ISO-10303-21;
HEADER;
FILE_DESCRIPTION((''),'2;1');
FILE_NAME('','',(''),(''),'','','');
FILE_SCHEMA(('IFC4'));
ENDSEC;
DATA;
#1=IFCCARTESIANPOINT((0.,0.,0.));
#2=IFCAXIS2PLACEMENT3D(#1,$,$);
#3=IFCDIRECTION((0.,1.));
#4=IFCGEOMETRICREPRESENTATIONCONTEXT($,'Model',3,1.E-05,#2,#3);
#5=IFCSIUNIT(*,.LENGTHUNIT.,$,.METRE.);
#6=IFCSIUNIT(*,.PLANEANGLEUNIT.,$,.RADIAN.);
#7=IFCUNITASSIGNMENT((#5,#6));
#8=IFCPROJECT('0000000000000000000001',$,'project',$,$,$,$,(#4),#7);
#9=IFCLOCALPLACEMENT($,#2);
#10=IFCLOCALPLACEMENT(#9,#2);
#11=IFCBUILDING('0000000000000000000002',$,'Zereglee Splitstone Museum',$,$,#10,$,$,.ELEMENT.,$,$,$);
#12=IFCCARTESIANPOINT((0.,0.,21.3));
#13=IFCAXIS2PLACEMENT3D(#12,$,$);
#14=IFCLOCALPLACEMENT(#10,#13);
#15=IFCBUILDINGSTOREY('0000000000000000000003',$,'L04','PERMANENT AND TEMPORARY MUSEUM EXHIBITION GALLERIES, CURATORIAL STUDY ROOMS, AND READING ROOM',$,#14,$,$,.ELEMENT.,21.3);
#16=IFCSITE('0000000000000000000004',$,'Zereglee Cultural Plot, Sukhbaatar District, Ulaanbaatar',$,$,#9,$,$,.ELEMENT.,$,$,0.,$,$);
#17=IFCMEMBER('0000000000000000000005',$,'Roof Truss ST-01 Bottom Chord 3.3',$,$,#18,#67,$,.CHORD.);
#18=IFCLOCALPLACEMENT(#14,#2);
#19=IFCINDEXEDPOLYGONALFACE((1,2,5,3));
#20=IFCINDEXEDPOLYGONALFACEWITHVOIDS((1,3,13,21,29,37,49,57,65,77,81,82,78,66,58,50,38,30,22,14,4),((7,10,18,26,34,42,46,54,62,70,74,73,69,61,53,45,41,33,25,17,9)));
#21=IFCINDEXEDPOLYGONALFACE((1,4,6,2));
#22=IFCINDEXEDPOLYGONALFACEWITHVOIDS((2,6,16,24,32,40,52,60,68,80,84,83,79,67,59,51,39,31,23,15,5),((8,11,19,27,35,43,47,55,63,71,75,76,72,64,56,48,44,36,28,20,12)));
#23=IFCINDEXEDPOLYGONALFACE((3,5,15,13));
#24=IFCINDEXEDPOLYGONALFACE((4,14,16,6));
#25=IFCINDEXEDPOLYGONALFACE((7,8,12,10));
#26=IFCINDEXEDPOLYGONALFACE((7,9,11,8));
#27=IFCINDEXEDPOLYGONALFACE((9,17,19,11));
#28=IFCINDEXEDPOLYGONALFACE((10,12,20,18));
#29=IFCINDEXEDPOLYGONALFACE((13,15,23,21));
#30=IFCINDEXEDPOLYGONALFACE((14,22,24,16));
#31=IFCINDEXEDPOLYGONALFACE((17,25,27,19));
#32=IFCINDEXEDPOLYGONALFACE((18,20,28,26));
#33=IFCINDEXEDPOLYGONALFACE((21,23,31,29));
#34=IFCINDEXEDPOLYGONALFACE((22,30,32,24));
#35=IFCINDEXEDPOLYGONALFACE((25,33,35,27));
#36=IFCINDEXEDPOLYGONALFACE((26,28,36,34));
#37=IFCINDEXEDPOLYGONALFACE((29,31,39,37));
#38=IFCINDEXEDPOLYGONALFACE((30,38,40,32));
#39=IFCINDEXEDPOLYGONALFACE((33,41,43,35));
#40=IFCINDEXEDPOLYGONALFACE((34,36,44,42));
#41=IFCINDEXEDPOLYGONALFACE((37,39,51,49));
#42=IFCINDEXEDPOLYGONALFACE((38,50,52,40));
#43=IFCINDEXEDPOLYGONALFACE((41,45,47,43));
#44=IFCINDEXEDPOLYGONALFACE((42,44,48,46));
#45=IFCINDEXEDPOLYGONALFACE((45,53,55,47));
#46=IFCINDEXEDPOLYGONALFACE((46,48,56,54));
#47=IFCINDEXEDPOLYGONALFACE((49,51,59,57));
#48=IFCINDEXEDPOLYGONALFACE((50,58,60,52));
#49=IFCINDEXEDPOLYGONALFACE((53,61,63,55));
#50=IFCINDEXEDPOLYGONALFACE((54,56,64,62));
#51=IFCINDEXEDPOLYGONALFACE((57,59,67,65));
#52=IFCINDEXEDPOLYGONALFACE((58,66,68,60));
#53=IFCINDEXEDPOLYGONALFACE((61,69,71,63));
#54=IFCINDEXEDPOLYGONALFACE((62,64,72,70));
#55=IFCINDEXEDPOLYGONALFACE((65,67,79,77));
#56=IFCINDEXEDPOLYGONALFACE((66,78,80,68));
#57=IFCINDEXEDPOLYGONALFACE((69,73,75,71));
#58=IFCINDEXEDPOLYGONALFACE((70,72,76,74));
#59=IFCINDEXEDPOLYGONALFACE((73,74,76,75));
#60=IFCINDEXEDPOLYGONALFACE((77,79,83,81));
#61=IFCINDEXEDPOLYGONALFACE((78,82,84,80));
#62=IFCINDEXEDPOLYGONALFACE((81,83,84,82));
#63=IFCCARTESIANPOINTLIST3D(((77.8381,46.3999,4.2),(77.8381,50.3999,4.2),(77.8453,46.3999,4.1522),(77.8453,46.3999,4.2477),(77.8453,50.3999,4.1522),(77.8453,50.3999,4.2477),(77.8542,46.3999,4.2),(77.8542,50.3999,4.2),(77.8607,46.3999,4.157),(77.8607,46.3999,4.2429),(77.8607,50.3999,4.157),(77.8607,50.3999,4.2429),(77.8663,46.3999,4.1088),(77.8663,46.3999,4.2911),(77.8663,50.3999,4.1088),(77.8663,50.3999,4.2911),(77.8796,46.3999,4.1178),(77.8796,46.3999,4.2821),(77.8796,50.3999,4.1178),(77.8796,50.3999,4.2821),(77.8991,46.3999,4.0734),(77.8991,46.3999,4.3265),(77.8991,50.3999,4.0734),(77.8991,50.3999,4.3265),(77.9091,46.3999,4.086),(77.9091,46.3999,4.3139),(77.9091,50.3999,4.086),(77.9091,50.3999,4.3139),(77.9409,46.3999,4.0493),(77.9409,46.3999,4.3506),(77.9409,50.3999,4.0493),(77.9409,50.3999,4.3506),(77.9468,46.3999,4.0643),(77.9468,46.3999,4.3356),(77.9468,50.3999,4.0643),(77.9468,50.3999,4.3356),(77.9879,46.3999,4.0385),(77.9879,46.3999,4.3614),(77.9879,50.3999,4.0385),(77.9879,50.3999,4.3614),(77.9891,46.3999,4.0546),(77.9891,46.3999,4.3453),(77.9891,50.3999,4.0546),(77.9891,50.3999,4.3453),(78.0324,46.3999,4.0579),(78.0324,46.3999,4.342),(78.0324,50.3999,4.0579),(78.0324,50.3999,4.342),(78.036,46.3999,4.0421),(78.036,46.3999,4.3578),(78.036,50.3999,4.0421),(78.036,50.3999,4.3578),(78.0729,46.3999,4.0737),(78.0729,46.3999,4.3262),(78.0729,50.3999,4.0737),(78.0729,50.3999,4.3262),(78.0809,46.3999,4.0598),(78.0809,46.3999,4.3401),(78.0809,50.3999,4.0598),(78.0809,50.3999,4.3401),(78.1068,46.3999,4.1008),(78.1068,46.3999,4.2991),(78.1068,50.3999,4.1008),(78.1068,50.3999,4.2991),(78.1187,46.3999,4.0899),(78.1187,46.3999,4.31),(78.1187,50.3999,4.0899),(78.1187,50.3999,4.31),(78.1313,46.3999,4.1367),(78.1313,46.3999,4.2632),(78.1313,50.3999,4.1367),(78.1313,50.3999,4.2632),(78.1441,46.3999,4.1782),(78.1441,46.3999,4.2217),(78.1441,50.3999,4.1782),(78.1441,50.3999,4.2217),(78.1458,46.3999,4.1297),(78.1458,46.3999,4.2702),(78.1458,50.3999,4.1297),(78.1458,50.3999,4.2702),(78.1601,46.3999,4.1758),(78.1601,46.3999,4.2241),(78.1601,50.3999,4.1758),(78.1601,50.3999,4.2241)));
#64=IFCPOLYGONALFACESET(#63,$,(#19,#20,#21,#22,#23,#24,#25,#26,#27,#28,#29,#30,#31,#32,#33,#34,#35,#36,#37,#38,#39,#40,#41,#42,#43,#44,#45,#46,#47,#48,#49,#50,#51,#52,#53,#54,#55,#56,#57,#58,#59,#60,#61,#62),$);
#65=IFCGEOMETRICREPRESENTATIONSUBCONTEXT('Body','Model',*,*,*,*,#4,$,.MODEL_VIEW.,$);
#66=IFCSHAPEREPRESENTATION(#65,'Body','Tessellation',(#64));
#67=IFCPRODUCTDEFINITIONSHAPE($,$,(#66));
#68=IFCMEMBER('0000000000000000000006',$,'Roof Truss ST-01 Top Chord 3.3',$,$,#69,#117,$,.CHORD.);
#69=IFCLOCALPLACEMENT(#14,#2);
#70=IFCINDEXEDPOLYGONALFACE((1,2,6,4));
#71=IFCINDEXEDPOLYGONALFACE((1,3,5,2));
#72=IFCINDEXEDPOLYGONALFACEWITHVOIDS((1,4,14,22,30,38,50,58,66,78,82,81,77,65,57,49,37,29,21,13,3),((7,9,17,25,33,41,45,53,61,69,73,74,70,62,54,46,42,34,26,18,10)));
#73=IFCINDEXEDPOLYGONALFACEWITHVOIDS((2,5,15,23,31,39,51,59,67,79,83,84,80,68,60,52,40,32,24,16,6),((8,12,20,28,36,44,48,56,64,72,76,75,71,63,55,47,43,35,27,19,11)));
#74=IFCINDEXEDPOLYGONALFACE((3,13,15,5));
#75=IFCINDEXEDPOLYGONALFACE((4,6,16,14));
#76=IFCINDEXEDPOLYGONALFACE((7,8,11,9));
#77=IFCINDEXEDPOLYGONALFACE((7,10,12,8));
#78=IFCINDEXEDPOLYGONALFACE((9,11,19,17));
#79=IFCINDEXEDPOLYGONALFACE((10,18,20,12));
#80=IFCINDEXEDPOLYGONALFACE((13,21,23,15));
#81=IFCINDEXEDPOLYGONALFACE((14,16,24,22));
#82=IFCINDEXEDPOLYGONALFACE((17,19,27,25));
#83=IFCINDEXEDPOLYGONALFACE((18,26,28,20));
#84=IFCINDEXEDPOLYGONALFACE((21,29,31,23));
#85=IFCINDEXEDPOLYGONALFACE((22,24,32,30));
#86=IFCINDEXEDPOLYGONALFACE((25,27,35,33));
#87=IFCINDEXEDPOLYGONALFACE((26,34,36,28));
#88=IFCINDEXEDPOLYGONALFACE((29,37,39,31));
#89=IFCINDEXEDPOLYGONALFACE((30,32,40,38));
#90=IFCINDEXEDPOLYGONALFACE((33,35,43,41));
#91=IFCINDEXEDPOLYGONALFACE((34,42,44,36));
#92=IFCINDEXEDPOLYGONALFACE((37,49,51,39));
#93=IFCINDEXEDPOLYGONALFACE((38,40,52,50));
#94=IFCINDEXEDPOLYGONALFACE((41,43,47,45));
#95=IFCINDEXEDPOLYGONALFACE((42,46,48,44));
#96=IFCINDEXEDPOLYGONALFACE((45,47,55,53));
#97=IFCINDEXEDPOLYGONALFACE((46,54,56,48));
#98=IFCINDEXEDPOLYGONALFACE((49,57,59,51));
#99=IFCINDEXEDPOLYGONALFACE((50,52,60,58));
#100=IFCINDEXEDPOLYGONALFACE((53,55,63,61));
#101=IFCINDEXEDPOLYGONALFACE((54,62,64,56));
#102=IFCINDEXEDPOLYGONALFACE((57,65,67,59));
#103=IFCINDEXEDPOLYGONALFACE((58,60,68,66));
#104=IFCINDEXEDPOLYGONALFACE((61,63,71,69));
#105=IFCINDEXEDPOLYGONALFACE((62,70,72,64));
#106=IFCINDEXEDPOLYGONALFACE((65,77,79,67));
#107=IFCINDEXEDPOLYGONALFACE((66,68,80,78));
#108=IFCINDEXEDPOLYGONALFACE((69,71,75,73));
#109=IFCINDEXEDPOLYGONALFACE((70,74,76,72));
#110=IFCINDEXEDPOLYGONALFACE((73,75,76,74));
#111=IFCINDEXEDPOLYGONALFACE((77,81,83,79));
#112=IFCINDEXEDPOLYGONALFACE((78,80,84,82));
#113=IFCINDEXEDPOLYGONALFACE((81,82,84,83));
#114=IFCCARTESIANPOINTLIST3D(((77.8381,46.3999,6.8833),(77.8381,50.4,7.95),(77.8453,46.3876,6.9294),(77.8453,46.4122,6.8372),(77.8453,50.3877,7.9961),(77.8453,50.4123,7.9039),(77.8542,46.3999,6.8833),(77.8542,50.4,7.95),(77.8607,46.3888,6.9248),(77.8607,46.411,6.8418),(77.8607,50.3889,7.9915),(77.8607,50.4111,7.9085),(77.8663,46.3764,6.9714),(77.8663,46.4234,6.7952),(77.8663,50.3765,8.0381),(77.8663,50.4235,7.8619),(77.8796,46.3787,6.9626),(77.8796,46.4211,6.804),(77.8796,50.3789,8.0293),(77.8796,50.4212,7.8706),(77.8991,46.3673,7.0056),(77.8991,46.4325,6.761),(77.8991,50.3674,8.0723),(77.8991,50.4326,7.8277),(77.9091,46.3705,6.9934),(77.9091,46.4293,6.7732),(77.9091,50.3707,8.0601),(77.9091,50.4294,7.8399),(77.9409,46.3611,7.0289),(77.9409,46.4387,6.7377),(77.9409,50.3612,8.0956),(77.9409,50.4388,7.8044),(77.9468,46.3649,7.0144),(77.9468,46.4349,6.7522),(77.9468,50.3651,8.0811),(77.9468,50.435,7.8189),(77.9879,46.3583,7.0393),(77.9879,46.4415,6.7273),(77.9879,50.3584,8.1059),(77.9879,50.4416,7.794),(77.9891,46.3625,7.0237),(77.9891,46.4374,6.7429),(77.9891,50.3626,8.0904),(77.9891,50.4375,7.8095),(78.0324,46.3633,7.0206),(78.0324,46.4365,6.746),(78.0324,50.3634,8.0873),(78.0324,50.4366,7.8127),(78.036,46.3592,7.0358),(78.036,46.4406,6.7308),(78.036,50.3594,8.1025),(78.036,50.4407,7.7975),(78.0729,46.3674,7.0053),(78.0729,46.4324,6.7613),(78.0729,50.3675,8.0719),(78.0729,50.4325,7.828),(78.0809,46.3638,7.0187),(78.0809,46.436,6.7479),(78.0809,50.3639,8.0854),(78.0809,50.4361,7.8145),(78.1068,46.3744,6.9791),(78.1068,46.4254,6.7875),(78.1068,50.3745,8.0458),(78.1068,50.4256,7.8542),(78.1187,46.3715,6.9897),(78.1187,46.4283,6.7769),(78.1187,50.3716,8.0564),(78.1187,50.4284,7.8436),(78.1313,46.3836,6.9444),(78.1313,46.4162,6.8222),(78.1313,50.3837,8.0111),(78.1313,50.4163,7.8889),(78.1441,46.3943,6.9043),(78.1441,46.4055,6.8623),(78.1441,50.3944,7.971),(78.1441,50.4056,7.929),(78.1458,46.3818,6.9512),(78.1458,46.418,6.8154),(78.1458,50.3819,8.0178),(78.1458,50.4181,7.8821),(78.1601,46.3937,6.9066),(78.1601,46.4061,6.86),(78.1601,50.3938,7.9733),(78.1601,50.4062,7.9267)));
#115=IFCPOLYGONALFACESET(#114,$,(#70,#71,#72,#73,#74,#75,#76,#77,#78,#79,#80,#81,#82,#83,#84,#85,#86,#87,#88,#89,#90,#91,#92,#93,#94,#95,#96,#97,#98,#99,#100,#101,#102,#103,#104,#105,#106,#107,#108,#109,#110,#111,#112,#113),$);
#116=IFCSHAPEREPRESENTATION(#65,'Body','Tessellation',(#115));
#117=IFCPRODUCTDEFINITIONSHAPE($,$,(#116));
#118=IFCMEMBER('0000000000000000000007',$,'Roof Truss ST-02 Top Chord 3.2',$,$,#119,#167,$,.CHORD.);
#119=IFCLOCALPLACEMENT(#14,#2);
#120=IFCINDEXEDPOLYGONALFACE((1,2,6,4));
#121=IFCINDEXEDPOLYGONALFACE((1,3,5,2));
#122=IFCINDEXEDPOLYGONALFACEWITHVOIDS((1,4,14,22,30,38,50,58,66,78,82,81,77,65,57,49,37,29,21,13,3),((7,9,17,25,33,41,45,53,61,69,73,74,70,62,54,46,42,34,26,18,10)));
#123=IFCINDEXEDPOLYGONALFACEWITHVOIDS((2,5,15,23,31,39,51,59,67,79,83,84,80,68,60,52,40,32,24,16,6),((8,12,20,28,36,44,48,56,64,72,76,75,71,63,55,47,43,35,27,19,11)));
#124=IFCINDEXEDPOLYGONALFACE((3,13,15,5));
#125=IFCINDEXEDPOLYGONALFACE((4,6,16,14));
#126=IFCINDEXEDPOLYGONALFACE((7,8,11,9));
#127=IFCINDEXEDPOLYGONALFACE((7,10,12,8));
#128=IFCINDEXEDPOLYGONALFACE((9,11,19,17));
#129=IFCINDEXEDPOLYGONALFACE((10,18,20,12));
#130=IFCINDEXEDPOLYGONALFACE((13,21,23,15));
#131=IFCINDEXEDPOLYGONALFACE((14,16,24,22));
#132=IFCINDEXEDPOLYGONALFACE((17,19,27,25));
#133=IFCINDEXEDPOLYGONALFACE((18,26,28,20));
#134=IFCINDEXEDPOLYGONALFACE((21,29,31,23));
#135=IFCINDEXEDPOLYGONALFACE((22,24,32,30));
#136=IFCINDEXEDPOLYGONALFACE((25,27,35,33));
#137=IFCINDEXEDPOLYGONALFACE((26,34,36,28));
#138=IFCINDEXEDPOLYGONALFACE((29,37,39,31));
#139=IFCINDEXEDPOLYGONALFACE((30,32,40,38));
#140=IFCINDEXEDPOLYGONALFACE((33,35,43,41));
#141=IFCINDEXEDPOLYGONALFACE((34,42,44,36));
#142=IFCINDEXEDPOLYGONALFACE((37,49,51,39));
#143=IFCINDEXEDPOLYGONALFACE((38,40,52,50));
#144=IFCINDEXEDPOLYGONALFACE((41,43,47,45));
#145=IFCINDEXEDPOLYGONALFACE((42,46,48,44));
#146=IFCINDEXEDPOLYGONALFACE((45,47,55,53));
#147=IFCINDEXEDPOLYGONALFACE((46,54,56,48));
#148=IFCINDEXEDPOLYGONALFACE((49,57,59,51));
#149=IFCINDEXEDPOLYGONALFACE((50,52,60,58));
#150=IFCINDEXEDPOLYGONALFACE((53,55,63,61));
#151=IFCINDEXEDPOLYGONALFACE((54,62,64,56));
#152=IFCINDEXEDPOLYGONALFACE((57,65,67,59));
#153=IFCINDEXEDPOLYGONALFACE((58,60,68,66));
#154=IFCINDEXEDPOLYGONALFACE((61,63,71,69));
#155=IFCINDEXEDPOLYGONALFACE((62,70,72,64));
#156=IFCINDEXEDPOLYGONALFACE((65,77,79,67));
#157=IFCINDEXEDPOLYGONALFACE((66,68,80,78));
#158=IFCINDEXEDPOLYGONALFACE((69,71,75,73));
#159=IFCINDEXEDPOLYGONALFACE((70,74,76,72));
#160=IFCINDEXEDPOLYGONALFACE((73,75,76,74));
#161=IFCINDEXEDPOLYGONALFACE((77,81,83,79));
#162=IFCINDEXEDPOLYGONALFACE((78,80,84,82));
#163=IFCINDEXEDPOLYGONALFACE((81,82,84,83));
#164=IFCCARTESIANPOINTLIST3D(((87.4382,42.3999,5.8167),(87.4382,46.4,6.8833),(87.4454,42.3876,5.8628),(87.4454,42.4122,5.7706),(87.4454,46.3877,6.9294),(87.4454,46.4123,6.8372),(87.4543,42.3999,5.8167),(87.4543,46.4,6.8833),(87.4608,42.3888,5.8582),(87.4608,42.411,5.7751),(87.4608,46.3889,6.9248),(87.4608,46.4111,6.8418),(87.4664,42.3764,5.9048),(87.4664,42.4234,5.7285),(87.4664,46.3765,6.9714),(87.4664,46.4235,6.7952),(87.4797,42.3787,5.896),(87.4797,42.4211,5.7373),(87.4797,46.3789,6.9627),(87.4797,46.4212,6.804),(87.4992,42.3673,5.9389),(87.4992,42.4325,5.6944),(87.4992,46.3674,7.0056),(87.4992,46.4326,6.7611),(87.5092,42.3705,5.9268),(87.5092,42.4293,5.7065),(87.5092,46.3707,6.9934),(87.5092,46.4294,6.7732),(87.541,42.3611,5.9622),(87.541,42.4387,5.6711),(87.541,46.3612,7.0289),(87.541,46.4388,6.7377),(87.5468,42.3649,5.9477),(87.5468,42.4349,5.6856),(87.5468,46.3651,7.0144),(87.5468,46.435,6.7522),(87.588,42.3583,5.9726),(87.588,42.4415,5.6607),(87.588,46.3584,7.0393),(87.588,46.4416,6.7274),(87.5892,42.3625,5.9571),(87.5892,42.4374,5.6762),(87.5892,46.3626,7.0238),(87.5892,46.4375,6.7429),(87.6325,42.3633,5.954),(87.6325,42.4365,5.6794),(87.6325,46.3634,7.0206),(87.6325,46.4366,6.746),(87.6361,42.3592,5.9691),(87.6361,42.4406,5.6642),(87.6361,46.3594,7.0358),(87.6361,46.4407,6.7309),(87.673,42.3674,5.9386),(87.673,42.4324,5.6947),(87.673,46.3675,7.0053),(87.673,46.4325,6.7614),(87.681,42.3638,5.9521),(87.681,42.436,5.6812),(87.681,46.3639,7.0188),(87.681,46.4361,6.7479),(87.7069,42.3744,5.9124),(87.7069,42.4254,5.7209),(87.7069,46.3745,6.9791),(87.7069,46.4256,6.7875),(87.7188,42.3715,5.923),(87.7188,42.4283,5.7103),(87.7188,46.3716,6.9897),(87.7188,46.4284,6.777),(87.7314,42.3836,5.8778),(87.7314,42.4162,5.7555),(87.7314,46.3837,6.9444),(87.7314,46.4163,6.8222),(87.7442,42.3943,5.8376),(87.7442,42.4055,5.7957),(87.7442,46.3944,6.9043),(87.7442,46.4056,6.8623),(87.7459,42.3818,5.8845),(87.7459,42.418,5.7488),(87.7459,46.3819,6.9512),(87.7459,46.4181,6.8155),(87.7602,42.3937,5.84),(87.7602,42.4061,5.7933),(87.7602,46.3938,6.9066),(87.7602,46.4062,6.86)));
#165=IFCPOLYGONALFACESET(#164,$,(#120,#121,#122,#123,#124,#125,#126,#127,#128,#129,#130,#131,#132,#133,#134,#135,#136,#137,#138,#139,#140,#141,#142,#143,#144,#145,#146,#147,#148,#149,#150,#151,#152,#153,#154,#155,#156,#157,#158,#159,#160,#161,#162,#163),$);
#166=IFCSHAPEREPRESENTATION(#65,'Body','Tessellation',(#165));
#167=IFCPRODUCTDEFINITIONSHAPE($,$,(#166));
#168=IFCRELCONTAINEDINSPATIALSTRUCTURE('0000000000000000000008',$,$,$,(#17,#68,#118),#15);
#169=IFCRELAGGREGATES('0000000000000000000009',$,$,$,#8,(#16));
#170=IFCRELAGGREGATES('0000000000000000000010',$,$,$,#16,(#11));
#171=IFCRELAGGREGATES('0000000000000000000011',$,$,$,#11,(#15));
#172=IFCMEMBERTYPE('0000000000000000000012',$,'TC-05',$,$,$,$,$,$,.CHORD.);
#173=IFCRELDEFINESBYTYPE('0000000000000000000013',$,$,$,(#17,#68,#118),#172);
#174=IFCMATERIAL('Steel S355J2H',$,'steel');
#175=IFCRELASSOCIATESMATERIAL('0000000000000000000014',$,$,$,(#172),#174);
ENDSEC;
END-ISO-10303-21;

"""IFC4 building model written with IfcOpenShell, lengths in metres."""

from ifc_helpers import new_model, si_unit, direction, frame, origin, origin_2d, place, context, subcontext, project, spatial, hollow_circle, extrude, material, material_profile, profile_set, type_object, element, save


model = new_model("IFC4")

# Units and contexts
model_context = context("Model", 3, precision=1e-05, world=origin(), true_north=direction((0.0, 1.0)))
body_context = subcontext(model_context, "Body", "Model", "MODEL_VIEW")
ifc_project = project(units=[si_unit("LENGTHUNIT", "METRE"), si_unit("PLANEANGLEUNIT", "RADIAN")], contexts=[model_context])

# Site, building, storey
site_placement = place(None, origin())
site = spatial("IfcSite", under=ifc_project, at=site_placement, Name="Zereglee Cultural Plot, Sukhbaatar District, Ulaanbaatar", CompositionType="ELEMENT", RefElevation=0.0)
building_placement = place(site_placement, origin())
building = spatial("IfcBuilding", under=site, at=building_placement, Name="Zereglee Splitstone Museum", CompositionType="ELEMENT")
storey_placement = place(building_placement, frame((0.0, 0.0, 21.3)))
storey = spatial("IfcBuildingStorey", under=building, at=storey_placement, Name="L04", Description="PERMANENT AND TEMPORARY MUSEUM EXHIBITION GALLERIES, CURATORIAL STUDY ROOMS, AND READING ROOM", CompositionType="ELEMENT", Elevation=21.3)

# Members
ifc_material_1 = material(Name="Steel S355J2H", Category="steel")
ifc_material_profile_1 = material_profile(ifc_material_1, hollow_circle(Radius=0.1619, WallThickness=0.0161, at=origin_2d()), Name="CHS 323.9x16")
ifc_profile_set_1 = profile_set([ifc_material_profile_1], Name="Steel S355J2H")
member_type_1 = type_object("IfcMemberType", Name="TC-05", PredefinedType="CHORD", material=ifc_profile_set_1)
member_1_placement = place(storey_placement, frame((78.0, 46.3999, 4.2), z_axis=(0.0, 1.0, 0.0), x_axis=(-1.0, 0.0, 0.0)))
element("IfcMember", 1, at=member_1_placement, inside=storey, type_object=member_type_1, Name="Roof Truss ST-01 Bottom Chord 3.3", PredefinedType="CHORD", context=body_context, shape_type="SweptSolid", body=[
    extrude(hollow_circle(Radius=0.1619, WallThickness=0.0161, at=origin_2d()), origin(), (0.0, 0.0, 1.0), 4.0),
])
for number, where, z_axis, x_axis, name in (
    (2, (78.0, 46.3999, 6.8833), (0.0, 0.966236, 0.257659), (-1.0, 0.0, 0.0), "Roof Truss ST-01 Top Chord 3.3"),
    (3, (87.6001, 42.3999, 5.8167), (0.0, 0.966236, 0.257659), (-1.0, 0.0, 0.0), "Roof Truss ST-02 Top Chord 3.2"),
):
    element("IfcMember", number, at=place(storey_placement, frame(where, z_axis=z_axis, x_axis=x_axis)), inside=storey, type_object=member_type_1, Name=name, PredefinedType="CHORD", context=body_context, shape_type="SweptSolid", body=[
        extrude(hollow_circle(Radius=0.1619, WallThickness=0.0161, at=origin_2d()), origin(), (0.0, 0.0, 1.0), 4.1399),
    ])

save(model, "model.ifc")
